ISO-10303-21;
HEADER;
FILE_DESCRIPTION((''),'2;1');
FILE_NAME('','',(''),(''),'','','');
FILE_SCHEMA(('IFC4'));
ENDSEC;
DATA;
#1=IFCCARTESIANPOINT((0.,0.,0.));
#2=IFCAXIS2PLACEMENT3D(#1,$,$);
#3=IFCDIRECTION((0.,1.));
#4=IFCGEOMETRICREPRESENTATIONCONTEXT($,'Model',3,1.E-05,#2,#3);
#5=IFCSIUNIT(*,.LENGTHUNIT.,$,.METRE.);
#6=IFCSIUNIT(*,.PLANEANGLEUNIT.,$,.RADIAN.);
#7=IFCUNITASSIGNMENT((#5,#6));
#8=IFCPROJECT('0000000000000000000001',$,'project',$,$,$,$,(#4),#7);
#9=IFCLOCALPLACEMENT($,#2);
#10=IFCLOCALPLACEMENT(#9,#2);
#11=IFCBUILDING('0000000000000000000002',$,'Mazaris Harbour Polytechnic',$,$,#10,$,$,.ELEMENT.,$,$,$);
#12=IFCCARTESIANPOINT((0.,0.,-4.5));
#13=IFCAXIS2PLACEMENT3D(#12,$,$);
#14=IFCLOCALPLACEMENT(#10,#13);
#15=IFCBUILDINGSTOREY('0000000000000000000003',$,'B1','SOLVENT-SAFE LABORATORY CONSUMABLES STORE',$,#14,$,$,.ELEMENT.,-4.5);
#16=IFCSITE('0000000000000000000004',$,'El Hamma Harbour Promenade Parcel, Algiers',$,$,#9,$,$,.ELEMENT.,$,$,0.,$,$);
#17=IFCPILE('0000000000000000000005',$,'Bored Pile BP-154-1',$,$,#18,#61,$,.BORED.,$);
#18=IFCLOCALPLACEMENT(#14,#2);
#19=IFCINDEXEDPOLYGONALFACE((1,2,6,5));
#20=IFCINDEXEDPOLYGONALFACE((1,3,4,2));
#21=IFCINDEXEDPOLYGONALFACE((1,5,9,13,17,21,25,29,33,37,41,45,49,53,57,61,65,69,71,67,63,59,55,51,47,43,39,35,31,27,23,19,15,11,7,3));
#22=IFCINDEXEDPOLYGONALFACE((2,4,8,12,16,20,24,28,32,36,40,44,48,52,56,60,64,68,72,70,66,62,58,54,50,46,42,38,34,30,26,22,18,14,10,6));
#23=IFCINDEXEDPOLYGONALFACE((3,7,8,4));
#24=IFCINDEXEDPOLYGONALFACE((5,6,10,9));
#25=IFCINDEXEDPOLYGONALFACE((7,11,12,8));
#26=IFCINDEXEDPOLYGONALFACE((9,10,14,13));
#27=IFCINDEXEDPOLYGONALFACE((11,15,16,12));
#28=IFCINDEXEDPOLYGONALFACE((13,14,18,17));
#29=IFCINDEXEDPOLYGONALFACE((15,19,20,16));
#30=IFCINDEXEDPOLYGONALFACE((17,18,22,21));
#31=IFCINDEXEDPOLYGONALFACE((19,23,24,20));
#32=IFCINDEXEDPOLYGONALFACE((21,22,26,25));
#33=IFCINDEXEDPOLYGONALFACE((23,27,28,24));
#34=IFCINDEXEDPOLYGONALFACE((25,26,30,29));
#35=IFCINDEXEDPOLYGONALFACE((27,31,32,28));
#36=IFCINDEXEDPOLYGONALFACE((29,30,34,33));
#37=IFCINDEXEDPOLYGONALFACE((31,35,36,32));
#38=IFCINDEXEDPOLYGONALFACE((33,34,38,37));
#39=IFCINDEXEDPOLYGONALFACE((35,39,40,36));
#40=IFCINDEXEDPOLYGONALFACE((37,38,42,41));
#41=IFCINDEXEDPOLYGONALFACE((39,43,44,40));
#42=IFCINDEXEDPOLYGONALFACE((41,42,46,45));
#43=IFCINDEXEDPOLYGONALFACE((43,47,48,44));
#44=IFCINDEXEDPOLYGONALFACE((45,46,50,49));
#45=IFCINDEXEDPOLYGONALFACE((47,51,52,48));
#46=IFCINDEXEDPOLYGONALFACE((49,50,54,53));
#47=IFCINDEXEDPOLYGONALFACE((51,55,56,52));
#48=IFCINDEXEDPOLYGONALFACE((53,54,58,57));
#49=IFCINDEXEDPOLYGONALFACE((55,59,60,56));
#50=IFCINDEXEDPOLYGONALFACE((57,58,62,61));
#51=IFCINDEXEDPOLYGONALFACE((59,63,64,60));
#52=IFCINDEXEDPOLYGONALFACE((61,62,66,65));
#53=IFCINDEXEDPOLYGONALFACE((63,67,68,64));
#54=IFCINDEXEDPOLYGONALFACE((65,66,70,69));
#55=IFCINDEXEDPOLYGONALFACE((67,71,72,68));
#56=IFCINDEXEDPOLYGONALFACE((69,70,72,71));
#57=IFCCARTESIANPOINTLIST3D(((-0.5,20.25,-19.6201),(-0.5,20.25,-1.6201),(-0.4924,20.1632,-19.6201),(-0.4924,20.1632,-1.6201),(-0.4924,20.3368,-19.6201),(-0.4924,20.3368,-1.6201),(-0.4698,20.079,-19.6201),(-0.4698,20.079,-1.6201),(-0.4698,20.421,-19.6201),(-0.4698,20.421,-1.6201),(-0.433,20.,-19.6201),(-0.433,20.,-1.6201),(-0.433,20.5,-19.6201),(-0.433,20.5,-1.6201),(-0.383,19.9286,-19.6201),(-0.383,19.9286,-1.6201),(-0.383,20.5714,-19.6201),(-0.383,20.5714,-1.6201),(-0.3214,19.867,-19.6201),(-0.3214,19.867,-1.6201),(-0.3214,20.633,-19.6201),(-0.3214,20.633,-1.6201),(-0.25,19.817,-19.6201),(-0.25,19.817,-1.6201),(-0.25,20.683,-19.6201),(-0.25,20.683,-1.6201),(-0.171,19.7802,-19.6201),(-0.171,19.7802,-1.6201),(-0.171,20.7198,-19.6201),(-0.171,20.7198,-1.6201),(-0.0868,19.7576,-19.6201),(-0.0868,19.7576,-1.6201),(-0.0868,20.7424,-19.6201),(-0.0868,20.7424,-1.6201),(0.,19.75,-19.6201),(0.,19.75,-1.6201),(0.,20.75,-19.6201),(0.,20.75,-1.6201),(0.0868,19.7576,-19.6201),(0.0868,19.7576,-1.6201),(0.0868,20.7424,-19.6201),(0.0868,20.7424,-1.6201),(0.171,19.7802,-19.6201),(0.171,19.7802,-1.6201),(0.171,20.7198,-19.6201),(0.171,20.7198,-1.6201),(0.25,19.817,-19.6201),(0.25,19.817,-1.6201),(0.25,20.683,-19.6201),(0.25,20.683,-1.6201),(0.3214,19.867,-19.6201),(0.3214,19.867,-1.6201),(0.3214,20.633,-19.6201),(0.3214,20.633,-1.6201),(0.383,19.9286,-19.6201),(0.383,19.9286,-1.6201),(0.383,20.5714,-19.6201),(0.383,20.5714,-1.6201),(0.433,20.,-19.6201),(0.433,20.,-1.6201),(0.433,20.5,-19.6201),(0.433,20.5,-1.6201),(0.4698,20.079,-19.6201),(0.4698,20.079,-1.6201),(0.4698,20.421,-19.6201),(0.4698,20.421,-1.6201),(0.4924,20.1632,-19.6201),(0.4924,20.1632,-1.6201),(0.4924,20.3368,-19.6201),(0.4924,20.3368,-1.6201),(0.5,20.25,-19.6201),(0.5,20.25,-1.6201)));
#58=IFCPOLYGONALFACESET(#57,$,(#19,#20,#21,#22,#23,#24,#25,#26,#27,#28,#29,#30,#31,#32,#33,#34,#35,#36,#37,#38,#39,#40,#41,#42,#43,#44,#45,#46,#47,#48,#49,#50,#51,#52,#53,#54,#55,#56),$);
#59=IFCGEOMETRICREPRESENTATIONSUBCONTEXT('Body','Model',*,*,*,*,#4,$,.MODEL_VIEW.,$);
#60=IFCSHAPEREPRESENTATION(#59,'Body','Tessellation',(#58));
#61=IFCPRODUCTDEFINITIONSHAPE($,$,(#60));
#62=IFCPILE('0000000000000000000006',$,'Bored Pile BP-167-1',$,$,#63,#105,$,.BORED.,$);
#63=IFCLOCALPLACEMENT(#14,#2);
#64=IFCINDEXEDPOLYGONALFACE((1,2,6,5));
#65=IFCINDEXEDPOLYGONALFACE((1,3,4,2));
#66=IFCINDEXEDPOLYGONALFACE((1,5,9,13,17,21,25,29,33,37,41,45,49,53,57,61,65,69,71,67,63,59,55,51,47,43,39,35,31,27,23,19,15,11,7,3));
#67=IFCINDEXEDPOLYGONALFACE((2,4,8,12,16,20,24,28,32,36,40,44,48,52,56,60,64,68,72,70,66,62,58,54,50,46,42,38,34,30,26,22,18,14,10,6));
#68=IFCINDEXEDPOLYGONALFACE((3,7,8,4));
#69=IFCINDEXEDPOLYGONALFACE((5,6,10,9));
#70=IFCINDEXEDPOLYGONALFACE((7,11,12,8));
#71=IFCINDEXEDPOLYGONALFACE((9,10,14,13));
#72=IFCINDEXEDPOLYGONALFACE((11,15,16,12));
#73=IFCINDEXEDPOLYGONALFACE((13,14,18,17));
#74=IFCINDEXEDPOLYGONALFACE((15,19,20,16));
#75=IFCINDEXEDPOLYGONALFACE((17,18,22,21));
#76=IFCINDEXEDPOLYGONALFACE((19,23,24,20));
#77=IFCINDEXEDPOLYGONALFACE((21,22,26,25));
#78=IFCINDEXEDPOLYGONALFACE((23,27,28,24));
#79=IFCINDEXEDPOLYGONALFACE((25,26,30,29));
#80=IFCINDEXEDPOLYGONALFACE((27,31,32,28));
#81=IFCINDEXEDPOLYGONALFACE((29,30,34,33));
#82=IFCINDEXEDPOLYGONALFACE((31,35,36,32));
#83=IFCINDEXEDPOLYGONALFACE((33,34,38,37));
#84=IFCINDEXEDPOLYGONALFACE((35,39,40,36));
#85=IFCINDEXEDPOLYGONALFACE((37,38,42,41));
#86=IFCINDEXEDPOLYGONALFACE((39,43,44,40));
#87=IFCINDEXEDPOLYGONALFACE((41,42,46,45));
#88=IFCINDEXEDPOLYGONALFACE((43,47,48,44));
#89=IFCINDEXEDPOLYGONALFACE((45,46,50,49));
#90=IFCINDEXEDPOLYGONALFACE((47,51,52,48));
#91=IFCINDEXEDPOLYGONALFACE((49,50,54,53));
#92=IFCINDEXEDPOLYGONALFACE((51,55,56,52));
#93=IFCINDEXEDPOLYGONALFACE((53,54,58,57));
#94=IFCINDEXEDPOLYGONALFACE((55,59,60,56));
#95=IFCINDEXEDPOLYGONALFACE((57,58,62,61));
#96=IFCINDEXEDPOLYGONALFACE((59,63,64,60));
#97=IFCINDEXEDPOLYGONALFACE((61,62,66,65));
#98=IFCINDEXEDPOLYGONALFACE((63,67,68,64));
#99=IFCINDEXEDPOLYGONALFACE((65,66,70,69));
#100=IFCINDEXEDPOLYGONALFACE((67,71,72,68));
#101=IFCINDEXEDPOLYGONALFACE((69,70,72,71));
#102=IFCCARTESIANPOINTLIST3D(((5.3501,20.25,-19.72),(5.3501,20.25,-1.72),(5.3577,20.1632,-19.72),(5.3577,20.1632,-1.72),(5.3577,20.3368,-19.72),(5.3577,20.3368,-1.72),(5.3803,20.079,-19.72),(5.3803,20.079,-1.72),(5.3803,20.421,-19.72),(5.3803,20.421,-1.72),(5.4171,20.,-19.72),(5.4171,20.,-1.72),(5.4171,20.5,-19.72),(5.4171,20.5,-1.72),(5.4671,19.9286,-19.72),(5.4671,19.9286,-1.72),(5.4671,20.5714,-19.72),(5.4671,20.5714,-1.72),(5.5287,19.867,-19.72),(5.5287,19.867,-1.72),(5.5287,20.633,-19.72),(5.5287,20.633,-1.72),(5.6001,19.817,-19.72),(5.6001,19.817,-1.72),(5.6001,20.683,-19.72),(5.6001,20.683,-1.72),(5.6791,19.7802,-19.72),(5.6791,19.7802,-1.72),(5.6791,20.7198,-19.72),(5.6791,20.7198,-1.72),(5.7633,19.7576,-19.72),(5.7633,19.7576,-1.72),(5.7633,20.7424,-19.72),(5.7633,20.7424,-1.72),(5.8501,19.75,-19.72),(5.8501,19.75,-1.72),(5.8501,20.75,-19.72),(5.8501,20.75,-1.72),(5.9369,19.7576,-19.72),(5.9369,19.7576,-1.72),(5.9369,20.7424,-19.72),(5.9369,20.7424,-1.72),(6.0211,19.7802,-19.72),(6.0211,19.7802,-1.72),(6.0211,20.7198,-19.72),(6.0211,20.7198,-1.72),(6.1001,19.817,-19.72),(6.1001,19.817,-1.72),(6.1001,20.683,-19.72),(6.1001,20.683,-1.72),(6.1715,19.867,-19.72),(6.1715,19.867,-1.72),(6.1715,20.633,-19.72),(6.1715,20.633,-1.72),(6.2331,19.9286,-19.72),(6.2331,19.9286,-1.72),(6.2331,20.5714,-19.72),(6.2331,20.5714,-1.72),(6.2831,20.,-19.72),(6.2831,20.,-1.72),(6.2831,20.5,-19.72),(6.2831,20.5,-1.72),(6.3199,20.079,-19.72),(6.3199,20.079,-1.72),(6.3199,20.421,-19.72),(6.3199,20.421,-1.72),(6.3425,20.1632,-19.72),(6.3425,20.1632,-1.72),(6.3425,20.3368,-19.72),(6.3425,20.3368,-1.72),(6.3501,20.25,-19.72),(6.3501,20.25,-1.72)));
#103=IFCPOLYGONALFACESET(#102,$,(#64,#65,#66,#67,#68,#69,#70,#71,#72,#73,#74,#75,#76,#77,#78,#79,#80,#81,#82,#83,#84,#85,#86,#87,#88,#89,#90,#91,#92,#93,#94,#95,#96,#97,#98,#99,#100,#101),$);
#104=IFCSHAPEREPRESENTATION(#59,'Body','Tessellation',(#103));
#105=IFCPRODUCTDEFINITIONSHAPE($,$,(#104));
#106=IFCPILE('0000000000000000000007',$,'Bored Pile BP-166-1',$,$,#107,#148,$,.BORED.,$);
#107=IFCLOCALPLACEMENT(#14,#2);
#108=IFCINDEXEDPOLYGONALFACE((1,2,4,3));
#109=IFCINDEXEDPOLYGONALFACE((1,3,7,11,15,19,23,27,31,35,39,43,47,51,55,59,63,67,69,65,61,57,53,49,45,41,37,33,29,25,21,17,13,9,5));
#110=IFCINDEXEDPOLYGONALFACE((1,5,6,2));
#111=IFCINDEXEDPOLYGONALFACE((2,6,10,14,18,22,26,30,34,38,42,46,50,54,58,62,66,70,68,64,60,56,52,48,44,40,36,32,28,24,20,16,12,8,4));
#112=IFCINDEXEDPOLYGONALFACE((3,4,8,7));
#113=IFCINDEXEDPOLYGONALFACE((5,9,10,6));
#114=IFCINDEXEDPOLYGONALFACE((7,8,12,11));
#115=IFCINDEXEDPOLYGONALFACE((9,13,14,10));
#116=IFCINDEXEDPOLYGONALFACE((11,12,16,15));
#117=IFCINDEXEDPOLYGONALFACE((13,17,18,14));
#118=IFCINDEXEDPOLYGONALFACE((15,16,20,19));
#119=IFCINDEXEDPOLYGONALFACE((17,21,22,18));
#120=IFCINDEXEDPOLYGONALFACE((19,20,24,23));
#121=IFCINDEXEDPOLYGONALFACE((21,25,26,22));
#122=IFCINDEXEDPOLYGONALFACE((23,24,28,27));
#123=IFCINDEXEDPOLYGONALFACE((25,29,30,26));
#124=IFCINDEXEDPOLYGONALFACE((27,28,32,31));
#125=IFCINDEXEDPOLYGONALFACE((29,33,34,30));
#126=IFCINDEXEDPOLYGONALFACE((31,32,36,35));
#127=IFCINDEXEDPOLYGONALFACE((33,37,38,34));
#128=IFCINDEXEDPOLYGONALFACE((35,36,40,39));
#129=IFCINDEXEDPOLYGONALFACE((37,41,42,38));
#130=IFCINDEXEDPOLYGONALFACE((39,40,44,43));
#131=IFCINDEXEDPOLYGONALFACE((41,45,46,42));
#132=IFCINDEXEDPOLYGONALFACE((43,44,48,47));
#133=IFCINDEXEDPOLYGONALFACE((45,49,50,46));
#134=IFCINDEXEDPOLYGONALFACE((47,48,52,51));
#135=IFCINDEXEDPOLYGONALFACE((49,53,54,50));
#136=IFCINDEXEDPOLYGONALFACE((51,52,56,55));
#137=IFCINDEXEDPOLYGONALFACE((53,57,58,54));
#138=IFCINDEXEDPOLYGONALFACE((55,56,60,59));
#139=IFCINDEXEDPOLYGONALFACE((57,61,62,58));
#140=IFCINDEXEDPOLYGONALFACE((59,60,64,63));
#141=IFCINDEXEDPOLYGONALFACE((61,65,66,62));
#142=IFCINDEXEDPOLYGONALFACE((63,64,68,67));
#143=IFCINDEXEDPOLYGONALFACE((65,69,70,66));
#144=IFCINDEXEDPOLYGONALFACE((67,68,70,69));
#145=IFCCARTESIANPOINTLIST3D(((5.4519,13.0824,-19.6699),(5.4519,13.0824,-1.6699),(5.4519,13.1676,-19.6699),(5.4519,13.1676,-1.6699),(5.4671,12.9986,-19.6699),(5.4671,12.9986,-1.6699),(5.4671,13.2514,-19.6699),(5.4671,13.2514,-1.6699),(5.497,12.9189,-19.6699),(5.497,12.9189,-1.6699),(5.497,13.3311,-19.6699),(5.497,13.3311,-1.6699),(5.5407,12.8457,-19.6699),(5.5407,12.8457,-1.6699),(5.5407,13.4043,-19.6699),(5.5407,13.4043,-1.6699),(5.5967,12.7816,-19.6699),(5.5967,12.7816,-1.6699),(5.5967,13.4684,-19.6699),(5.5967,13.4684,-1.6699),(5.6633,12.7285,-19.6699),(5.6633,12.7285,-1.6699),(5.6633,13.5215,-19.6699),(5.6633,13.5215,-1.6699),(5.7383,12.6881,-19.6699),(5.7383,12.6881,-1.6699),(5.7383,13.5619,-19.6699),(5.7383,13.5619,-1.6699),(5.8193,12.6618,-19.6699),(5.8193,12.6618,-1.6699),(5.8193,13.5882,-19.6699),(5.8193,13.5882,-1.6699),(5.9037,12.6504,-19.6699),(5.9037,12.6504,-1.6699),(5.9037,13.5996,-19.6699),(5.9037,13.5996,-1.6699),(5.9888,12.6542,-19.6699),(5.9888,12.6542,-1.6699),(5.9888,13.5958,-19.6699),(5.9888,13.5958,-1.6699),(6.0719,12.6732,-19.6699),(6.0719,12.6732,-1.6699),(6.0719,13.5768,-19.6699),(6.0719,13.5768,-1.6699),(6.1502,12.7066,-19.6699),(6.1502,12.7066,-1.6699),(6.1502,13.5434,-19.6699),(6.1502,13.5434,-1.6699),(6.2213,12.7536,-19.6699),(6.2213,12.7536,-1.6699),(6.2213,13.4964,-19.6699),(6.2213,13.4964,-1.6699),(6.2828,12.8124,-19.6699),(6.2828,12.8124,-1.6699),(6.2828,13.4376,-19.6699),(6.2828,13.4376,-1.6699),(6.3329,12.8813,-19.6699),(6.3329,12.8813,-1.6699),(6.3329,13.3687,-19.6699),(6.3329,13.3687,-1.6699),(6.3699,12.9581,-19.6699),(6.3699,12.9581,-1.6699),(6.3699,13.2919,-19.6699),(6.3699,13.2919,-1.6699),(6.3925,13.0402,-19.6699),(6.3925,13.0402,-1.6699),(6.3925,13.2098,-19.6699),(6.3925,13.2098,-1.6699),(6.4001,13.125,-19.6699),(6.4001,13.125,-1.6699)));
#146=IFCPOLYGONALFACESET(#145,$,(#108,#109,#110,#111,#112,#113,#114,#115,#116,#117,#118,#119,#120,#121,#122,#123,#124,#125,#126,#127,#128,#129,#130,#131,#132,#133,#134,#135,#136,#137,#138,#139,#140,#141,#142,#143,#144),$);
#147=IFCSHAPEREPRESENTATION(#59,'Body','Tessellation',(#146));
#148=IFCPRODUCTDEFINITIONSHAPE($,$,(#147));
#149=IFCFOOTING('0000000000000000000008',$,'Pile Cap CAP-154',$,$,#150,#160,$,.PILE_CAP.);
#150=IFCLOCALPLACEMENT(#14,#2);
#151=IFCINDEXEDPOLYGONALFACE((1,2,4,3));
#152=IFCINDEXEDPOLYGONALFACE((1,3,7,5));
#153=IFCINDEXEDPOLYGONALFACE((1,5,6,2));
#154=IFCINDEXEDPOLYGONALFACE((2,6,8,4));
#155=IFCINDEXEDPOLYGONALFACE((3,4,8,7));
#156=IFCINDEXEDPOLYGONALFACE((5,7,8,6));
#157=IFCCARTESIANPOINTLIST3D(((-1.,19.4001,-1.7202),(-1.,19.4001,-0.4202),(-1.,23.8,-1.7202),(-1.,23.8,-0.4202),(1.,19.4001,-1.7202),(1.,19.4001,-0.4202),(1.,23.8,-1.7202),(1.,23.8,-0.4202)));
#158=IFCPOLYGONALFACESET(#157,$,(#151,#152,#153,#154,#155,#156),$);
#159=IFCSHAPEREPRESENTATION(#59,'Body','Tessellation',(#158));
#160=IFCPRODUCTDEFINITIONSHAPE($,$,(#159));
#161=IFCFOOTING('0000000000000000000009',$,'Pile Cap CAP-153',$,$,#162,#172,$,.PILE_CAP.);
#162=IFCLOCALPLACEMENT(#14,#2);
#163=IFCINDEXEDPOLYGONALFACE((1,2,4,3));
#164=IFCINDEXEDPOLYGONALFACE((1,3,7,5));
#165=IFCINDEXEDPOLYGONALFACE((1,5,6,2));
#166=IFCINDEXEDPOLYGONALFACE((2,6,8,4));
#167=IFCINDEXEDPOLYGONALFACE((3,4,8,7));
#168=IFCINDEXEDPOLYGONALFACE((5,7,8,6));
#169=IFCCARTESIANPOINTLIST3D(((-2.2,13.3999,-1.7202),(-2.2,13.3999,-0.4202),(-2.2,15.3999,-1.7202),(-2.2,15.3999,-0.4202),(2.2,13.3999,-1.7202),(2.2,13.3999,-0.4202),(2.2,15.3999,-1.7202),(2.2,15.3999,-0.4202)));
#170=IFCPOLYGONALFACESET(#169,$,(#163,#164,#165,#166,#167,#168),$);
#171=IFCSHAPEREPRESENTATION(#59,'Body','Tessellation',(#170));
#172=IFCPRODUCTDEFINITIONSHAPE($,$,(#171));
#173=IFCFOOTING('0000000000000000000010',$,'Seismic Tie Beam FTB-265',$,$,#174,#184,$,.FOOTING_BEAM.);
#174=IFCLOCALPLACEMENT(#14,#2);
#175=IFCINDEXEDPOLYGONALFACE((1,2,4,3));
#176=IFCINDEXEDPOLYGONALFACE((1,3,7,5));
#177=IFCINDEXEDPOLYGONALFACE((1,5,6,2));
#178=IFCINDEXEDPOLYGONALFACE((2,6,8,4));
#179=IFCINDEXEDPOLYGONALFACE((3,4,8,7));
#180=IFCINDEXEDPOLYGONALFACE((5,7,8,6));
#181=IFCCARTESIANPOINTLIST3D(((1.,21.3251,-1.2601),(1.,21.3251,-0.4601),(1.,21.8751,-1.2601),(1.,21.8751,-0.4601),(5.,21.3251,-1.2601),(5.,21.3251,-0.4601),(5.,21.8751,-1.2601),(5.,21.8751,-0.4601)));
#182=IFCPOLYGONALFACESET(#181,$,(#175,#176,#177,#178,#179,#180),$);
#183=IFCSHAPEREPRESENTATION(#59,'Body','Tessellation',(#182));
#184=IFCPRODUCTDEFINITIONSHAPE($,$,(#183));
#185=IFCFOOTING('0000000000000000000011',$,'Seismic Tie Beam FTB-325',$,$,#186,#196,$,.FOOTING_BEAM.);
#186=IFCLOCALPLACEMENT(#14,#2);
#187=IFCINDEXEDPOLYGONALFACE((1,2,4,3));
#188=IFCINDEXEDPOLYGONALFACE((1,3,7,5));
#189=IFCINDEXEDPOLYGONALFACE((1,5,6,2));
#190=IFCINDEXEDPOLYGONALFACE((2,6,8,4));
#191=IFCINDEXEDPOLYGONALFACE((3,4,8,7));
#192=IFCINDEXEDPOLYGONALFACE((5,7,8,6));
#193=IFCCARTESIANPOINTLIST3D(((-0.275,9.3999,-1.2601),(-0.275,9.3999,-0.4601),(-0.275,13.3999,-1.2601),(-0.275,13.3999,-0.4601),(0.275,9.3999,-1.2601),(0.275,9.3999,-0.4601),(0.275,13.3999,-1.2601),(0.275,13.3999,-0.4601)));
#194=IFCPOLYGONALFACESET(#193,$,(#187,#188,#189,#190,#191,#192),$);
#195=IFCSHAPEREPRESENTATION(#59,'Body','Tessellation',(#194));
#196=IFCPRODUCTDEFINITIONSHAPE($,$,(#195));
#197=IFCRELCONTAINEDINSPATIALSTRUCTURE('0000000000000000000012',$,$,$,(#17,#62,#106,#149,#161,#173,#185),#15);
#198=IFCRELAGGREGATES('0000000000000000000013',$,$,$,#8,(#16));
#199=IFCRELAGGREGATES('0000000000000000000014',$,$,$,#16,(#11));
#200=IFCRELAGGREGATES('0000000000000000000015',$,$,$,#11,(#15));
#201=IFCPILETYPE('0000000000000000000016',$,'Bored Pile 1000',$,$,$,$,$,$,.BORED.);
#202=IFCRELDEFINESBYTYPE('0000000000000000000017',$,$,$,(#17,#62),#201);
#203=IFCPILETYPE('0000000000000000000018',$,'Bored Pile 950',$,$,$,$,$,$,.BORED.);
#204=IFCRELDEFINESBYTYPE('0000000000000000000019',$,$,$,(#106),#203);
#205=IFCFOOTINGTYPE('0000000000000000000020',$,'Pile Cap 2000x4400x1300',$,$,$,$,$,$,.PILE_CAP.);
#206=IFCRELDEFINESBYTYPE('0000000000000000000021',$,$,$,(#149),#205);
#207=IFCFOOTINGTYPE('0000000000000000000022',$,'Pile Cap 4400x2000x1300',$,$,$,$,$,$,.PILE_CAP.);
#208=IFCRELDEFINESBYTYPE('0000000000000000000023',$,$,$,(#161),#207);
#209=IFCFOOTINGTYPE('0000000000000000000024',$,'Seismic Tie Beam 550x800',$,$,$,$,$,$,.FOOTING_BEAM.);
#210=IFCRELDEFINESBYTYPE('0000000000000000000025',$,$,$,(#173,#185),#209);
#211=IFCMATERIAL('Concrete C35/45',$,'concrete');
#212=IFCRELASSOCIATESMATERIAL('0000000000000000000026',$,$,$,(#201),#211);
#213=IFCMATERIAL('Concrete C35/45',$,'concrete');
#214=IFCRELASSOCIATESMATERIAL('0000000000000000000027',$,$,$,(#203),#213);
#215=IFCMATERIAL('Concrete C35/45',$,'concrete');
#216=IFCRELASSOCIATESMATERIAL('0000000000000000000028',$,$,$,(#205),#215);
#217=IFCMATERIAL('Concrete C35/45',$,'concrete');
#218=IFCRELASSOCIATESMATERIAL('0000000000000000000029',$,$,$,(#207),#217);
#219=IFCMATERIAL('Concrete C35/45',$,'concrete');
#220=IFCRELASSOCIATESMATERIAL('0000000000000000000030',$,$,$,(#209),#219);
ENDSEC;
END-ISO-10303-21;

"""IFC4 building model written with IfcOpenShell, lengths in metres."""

from ifc_helpers import new_model, si_unit, direction, frame, origin, origin_2d, place, context, subcontext, project, spatial, rectangle, circle, extrude, material, material_profile, profile_set, type_object, element, save


model = new_model("IFC4")

# Units and contexts
model_context = context("Model", 3, precision=1e-05, world=origin(), true_north=direction((0.0, 1.0)))
body_context = subcontext(model_context, "Body", "Model", "MODEL_VIEW")
ifc_project = project(units=[si_unit("LENGTHUNIT", "METRE"), si_unit("PLANEANGLEUNIT", "RADIAN")], contexts=[model_context])

# Site, building, storey
site_placement = place(None, origin())
site = spatial("IfcSite", under=ifc_project, at=site_placement, Name="El Hamma Harbour Promenade Parcel, Algiers", CompositionType="ELEMENT", RefElevation=0.0)
building_placement = place(site_placement, origin())
building = spatial("IfcBuilding", under=site, at=building_placement, Name="Mazaris Harbour Polytechnic", CompositionType="ELEMENT")
storey_placement = place(building_placement, frame((0.0, 0.0, -4.5)))
storey = spatial("IfcBuildingStorey", under=building, at=storey_placement, Name="B1", Description="SOLVENT-SAFE LABORATORY CONSUMABLES STORE", CompositionType="ELEMENT", Elevation=-4.5)

# Piles
ifc_material_1 = material(Name="Concrete C35/45", Category="concrete")
ifc_material_profile_1 = material_profile(ifc_material_1, circle(Radius=0.5, at=origin_2d()), Name="DIA1000")
ifc_profile_set_1 = profile_set([ifc_material_profile_1], Name="Concrete C35/45")
pile_type_1 = type_object("IfcPileType", Name="Bored Pile 1000", PredefinedType="BORED", material=ifc_profile_set_1)
for number, where, z_axis, x_axis, name in (
    (1, (0.0, 20.25, -1.6201), (0.0, 0.0, -1.0), (1.0, 0.0, 0.0), "Bored Pile BP-154-1"),
    (2, (5.8501, 20.25, -1.72), (0.0, 0.0, -1.0), (1.0, 0.0, 0.0), "Bored Pile BP-167-1"),
):
    element("IfcPile", number, at=place(storey_placement, frame(where, z_axis=z_axis, x_axis=x_axis)), inside=storey, type_object=pile_type_1, Name=name, PredefinedType="BORED", context=body_context, shape_type="SweptSolid", body=[
        extrude(circle(Radius=0.5, at=origin_2d()), origin(), (0.0, 0.0, 1.0), 18.0),
    ])
ifc_material_2 = material(Name="Concrete C35/45", Category="concrete")
ifc_material_profile_2 = material_profile(ifc_material_2, circle(Radius=0.4751, at=origin_2d()), Name="DIA950")
ifc_profile_set_2 = profile_set([ifc_material_profile_2], Name="Concrete C35/45")
pile_type_2 = type_object("IfcPileType", Name="Bored Pile 950", PredefinedType="BORED", material=ifc_profile_set_2)
pile_placement = place(storey_placement, frame((5.925, 13.125, -1.6699), z_axis=(0.0, 0.0, -1.0), x_axis=(1.0, 0.0, 0.0)))
element("IfcPile", 3, at=pile_placement, inside=storey, type_object=pile_type_2, Name="Bored Pile BP-166-1", PredefinedType="BORED", context=body_context, shape_type="SweptSolid", body=[
    extrude(circle(Radius=0.4751, at=origin_2d()), origin(), (0.0, 0.0, 1.0), 18.0),
])

# Footings
ifc_material_3 = material(Name="Concrete C35/45", Category="concrete")
footing_type_1 = type_object("IfcFootingType", Name="Pile Cap 2000x4400x1300", PredefinedType="PILE_CAP", material=ifc_material_3)
footing_1_placement = place(storey_placement, frame((0.0, 21.6001, -1.7202), z_axis=(0.0, 0.0, 1.0), x_axis=(1.0, 0.0, 0.0)))
element("IfcFooting", 4, at=footing_1_placement, inside=storey, type_object=footing_type_1, Name="Pile Cap CAP-154", PredefinedType="PILE_CAP", context=body_context, shape_type="SweptSolid", body=[
    extrude(rectangle(XDim=2.0, YDim=4.3999, at=origin_2d()), origin(), (0.0, 0.0, 1.0), 1.3),
])
ifc_material_4 = material(Name="Concrete C35/45", Category="concrete")
footing_type_2 = type_object("IfcFootingType", Name="Pile Cap 4400x2000x1300", PredefinedType="PILE_CAP", material=ifc_material_4)
footing_2_placement = place(storey_placement, frame((0.0, 14.3999, -1.7202), z_axis=(0.0, 0.0, 1.0), x_axis=(1.0, 0.0, 0.0)))
element("IfcFooting", 5, at=footing_2_placement, inside=storey, type_object=footing_type_2, Name="Pile Cap CAP-153", PredefinedType="PILE_CAP", context=body_context, shape_type="SweptSolid", body=[
    extrude(rectangle(XDim=4.3999, YDim=2.0, at=origin_2d()), origin(), (0.0, 0.0, 1.0), 1.3),
])
ifc_material_5 = material(Name="Concrete C35/45", Category="concrete")
ifc_material_profile_3 = material_profile(ifc_material_5, rectangle(XDim=0.55, YDim=0.8, at=origin_2d()), Name="RECT550x800")
ifc_profile_set_3 = profile_set([ifc_material_profile_3], Name="Concrete C35/45")
footing_type_3 = type_object("IfcFootingType", Name="Seismic Tie Beam 550x800", PredefinedType="FOOTING_BEAM", material=ifc_profile_set_3)
for number, where, z_axis, x_axis, name in (
    (6, (1.0, 21.6001, -0.8601), (1.0, 0.0, 0.0), (0.0, 1.0, 0.0), "Seismic Tie Beam FTB-265"),
    (7, (0.0, 9.3999, -0.8601), (0.0, 1.0, 0.0), (-1.0, 0.0, 0.0), "Seismic Tie Beam FTB-325"),
):
    element("IfcFooting", number, at=place(storey_placement, frame(where, z_axis=z_axis, x_axis=x_axis)), inside=storey, type_object=footing_type_3, Name=name, PredefinedType="FOOTING_BEAM", context=body_context, shape_type="SweptSolid", body=[
        extrude(rectangle(XDim=0.55, YDim=0.8, at=origin_2d()), origin(), (0.0, 0.0, 1.0), 4.0),
    ])

save(model, "model.ifc")
